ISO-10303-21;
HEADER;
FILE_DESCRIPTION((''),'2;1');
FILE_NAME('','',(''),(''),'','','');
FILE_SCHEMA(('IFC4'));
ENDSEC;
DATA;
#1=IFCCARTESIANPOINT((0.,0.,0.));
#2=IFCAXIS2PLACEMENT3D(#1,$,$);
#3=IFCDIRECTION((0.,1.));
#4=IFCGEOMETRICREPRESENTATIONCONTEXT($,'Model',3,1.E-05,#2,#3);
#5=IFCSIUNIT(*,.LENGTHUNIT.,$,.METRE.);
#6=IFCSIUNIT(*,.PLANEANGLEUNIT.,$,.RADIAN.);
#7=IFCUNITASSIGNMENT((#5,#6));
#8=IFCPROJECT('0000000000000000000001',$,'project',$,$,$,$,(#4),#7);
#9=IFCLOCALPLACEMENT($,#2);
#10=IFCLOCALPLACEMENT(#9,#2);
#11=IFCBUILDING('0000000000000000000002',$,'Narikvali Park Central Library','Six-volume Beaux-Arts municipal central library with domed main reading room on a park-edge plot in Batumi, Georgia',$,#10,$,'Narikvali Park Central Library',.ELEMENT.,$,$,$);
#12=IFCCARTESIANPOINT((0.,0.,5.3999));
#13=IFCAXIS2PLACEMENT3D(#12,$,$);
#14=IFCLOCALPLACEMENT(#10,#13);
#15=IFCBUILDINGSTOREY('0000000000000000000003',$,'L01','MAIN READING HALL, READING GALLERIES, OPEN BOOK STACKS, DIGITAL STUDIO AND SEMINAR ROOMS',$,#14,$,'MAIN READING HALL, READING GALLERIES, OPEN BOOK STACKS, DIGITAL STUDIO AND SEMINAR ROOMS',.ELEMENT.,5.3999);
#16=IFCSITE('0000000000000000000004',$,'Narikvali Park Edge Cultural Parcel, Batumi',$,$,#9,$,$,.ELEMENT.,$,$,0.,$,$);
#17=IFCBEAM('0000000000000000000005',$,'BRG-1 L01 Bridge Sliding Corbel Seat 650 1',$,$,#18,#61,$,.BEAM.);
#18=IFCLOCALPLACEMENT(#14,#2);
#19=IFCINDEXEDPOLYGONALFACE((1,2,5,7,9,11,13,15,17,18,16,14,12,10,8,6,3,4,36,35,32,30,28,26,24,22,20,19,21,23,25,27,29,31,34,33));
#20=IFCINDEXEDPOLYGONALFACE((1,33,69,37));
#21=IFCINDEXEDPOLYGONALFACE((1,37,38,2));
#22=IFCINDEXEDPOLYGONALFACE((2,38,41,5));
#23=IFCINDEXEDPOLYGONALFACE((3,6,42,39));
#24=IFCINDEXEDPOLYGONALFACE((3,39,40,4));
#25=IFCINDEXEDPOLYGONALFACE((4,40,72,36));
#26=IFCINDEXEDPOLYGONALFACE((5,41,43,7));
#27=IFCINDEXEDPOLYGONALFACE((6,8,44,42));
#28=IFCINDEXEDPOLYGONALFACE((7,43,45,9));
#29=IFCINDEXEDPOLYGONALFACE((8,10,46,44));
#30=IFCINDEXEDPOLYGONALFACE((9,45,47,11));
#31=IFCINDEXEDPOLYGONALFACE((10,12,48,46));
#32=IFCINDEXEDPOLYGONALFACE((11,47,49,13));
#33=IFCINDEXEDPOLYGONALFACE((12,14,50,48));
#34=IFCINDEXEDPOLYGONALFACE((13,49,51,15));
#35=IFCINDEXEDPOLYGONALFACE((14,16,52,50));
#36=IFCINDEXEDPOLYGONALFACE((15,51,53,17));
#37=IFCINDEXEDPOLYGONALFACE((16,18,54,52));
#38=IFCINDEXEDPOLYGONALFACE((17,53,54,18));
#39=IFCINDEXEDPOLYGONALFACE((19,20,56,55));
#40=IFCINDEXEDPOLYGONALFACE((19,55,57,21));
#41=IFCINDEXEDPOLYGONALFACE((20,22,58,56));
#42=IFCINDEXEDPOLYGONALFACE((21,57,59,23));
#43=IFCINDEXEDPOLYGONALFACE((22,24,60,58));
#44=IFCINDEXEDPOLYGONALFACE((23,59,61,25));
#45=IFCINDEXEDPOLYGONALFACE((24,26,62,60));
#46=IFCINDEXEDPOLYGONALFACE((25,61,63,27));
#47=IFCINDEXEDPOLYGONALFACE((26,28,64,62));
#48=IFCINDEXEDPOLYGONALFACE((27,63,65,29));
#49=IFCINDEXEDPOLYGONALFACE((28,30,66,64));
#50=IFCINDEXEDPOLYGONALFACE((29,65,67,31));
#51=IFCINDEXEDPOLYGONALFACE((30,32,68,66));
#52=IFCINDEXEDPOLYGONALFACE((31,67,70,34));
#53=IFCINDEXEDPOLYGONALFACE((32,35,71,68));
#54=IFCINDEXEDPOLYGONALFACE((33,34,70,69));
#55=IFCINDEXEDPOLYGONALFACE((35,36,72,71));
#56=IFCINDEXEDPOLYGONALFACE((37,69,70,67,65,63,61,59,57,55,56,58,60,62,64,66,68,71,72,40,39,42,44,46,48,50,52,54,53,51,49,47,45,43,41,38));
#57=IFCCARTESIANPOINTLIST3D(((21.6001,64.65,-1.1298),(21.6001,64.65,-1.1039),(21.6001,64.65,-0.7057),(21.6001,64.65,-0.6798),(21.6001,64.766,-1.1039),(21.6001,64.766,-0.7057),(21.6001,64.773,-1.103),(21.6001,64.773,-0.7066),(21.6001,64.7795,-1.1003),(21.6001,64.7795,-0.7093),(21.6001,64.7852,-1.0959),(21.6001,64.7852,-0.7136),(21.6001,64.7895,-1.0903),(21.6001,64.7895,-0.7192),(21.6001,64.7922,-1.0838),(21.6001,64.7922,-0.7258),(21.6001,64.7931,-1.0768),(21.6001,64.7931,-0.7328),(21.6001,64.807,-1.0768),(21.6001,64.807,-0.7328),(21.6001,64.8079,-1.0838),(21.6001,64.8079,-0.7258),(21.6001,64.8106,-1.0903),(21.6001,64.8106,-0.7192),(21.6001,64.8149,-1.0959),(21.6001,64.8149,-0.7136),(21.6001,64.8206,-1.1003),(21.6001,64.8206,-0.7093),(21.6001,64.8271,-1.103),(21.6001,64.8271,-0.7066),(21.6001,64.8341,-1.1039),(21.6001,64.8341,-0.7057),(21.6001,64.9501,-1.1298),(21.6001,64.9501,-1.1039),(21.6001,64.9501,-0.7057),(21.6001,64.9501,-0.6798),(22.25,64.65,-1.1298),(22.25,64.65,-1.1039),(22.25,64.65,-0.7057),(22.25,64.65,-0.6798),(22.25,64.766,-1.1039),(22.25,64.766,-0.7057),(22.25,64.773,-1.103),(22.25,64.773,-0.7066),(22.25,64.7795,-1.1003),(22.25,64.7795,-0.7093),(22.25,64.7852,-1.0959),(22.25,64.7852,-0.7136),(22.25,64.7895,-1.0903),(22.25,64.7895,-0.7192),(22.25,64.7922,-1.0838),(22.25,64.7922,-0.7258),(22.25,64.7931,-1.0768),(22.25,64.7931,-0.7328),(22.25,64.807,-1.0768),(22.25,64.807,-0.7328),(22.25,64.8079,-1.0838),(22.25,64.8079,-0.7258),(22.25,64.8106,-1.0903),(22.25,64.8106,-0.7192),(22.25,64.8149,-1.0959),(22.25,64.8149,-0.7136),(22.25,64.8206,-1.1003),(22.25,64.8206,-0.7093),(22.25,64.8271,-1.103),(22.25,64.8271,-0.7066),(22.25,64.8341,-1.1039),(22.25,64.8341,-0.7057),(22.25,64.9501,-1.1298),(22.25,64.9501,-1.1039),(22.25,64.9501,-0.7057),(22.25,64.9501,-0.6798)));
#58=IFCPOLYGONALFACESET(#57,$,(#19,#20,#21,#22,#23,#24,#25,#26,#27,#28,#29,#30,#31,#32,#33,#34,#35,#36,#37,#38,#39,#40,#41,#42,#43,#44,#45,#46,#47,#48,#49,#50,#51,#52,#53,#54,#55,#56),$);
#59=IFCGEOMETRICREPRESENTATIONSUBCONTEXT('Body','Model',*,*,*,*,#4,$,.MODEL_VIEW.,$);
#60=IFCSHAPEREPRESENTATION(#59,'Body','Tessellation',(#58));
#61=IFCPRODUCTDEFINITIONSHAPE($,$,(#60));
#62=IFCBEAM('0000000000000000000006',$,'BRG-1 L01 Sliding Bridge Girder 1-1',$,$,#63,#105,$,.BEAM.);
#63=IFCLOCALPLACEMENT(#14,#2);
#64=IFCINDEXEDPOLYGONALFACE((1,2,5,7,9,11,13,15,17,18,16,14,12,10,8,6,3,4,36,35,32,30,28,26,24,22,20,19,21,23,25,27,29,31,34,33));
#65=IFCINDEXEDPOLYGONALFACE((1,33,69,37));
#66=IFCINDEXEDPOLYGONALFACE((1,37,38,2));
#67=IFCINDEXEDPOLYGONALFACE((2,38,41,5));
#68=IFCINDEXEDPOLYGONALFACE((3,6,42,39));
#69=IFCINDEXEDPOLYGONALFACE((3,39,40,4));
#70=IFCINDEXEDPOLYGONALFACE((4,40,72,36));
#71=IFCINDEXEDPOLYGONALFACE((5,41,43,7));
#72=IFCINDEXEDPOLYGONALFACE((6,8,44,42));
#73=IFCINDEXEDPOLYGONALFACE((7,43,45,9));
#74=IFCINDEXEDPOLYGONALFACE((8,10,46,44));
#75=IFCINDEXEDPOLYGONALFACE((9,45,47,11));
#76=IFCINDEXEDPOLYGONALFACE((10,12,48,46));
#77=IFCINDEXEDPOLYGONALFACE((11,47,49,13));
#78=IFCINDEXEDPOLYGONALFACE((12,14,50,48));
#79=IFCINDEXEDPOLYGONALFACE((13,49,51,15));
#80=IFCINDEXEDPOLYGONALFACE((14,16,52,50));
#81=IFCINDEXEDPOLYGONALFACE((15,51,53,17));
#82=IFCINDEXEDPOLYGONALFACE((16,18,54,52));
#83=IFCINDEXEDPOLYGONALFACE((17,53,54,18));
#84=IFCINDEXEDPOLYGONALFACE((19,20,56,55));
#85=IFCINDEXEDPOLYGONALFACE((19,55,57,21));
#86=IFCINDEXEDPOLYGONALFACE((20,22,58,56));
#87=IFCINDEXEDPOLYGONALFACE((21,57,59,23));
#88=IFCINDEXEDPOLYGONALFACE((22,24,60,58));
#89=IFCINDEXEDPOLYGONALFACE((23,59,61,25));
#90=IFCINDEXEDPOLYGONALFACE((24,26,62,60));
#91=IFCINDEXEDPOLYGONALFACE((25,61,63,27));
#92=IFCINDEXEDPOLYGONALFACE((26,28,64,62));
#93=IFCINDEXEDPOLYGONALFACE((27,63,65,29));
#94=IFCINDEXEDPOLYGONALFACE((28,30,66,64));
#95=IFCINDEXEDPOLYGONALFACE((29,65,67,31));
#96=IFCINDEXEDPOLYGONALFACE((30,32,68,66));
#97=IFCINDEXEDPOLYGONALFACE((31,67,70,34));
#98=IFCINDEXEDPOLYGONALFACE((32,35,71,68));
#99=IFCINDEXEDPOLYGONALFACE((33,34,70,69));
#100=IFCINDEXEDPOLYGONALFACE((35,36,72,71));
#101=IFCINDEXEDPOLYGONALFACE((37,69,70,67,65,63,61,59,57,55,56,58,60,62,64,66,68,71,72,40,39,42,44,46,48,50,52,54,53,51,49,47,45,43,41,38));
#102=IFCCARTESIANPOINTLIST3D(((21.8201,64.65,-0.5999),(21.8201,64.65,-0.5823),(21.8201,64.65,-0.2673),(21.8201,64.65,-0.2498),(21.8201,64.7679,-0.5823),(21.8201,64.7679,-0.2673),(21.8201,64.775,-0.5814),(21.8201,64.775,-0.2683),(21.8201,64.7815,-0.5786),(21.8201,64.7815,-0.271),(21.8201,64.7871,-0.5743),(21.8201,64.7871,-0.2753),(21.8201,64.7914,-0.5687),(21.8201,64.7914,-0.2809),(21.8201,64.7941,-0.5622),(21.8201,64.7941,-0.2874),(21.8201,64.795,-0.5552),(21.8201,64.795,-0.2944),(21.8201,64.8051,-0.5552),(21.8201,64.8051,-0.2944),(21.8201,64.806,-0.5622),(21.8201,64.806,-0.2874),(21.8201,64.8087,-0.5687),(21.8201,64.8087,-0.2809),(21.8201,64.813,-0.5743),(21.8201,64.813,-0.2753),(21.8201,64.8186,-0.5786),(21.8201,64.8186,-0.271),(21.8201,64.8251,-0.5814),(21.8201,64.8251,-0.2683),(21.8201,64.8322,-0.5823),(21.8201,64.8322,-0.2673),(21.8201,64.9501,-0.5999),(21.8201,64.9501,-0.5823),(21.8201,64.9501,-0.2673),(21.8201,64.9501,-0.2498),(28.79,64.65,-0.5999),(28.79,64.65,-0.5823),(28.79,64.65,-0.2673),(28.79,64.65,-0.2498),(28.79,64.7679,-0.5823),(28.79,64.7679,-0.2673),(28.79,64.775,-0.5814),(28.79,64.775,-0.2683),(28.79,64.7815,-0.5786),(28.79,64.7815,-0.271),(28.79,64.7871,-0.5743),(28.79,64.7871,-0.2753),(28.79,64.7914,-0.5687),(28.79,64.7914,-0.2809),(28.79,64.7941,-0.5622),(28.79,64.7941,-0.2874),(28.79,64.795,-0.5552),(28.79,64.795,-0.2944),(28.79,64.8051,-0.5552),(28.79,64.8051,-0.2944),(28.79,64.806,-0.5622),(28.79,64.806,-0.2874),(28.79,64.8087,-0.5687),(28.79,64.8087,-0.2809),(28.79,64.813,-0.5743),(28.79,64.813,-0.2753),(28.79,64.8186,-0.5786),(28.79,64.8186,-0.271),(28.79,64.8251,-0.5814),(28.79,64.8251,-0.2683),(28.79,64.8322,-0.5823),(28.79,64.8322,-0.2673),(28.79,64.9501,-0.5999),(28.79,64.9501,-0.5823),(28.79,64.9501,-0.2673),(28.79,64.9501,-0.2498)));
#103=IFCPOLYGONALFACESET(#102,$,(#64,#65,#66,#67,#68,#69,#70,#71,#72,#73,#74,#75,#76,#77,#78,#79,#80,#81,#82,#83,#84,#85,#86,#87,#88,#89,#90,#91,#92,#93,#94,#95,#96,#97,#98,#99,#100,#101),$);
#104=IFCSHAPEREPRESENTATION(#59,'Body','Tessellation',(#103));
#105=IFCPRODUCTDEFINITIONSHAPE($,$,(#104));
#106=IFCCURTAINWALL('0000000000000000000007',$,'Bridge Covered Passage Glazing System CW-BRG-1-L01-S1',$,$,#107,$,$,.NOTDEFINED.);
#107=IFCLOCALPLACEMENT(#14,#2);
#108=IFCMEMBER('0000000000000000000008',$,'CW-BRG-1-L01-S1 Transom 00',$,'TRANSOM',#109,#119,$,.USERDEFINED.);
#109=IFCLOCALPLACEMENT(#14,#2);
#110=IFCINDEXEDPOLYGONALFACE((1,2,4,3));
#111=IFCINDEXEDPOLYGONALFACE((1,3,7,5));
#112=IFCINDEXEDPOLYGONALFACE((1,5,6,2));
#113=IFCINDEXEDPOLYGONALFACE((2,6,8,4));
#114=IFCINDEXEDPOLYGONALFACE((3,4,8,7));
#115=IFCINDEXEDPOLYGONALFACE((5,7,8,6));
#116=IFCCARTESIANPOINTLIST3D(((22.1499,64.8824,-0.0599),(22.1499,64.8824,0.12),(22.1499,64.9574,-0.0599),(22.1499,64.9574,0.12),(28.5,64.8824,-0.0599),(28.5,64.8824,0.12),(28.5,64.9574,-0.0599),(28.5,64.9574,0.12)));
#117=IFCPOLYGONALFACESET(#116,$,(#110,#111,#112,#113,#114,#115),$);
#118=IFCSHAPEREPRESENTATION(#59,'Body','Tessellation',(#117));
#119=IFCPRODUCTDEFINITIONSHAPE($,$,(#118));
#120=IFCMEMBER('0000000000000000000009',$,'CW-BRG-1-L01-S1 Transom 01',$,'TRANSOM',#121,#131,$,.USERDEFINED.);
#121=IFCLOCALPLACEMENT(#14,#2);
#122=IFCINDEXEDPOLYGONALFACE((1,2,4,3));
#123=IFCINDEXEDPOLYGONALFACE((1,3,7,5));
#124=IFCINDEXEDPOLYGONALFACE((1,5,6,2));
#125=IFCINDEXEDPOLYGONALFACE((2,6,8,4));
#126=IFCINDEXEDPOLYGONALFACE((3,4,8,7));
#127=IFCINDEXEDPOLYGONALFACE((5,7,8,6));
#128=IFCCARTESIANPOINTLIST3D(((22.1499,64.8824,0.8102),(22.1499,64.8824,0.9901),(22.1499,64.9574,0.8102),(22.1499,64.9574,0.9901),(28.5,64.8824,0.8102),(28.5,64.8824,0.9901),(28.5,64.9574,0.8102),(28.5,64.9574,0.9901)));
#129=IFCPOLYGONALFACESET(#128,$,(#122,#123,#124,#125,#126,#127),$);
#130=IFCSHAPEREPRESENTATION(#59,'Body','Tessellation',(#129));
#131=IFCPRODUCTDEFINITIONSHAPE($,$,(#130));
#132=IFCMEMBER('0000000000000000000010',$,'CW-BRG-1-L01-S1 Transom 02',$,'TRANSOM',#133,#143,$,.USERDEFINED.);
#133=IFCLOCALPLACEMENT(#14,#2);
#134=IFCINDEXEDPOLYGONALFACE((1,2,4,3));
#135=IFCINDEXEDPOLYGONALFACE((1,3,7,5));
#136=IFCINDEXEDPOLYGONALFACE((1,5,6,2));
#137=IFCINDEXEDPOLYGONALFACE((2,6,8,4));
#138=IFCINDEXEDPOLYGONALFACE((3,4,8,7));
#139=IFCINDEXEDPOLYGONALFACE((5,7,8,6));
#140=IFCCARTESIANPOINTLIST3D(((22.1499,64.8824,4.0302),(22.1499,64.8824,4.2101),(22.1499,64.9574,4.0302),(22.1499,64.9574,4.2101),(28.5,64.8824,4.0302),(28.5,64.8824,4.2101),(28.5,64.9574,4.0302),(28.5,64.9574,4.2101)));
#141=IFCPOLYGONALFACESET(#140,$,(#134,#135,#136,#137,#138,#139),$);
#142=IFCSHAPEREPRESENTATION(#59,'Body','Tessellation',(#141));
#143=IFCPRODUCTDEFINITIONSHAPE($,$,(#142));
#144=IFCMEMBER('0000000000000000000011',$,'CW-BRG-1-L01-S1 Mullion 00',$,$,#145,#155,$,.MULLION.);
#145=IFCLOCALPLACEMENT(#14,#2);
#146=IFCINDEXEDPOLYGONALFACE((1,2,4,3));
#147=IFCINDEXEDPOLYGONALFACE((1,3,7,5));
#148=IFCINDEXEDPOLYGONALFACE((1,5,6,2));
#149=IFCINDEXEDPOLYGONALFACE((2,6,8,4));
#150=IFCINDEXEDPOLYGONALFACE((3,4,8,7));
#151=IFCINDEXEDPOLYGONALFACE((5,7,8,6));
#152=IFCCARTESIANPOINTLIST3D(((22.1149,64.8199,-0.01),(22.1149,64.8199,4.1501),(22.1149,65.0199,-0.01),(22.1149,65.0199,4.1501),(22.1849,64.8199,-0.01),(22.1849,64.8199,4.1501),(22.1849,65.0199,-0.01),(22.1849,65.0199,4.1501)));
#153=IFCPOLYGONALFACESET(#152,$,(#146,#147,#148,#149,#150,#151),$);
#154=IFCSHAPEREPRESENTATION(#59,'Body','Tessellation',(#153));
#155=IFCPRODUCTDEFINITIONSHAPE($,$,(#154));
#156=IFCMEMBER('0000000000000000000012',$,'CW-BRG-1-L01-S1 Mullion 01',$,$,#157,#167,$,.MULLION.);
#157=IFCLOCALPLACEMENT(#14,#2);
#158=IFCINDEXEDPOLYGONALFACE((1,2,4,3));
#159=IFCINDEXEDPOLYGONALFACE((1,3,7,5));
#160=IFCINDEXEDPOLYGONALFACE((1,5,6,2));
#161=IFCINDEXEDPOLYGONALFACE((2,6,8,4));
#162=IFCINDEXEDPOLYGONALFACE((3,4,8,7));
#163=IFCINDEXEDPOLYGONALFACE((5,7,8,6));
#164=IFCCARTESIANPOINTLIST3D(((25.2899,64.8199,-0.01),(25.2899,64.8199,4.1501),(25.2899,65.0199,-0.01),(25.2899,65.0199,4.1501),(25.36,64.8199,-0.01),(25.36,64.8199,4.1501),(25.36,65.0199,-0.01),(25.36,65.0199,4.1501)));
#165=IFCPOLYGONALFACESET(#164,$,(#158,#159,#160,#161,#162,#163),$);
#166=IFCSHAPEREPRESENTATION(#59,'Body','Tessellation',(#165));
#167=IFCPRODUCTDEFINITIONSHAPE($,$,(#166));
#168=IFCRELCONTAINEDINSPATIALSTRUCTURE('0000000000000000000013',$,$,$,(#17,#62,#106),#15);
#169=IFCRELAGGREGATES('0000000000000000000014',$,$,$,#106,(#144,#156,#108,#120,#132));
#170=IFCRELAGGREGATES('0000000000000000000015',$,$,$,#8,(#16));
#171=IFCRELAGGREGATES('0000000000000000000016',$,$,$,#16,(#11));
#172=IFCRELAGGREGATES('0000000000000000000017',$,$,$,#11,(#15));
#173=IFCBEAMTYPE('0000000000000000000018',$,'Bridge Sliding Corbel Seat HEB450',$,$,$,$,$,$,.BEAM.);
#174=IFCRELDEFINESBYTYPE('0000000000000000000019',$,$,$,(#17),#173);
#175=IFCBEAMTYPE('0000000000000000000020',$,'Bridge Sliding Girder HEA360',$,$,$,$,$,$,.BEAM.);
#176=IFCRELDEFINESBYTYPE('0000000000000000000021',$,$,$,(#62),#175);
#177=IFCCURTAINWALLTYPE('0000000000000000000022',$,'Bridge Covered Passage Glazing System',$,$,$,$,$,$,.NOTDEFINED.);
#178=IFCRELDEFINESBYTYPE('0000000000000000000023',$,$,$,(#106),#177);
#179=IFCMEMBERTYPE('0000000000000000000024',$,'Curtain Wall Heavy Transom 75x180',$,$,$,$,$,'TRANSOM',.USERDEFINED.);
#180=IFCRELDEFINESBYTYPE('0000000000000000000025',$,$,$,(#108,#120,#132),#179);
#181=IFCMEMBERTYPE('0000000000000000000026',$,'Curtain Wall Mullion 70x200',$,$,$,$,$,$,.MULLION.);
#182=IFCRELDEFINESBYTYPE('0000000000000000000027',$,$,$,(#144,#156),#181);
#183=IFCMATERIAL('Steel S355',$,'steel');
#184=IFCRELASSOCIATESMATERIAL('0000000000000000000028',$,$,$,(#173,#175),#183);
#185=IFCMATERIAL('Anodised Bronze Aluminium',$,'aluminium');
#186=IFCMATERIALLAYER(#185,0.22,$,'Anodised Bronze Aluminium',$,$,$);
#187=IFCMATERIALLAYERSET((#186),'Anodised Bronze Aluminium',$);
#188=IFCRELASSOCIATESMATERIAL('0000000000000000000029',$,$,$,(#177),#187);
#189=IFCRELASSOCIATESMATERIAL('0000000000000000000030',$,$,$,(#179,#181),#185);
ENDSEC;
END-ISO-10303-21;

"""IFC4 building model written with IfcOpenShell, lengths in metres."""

from ifc_helpers import new_model, si_unit, direction, frame, origin, origin_2d, place, context, subcontext, project, spatial, rectangle, i_section, extrude, material, layer, layer_set, material_profile, profile_set, type_object, element, aggregate, save


model = new_model("IFC4")

# Units and contexts
model_context = context("Model", 3, precision=1e-05, world=origin(), true_north=direction((0.0, 1.0)))
body_context = subcontext(model_context, "Body", "Model", "MODEL_VIEW")
ifc_project = project(units=[si_unit("LENGTHUNIT", "METRE"), si_unit("PLANEANGLEUNIT", "RADIAN")], contexts=[model_context])

# Site, building, storey
site_placement = place(None, origin())
site = spatial("IfcSite", under=ifc_project, at=site_placement, Name="Narikvali Park Edge Cultural Parcel, Batumi", CompositionType="ELEMENT", RefElevation=0.0)
building_placement = place(site_placement, origin())
building = spatial("IfcBuilding", under=site, at=building_placement, Name="Narikvali Park Central Library", Description="Six-volume Beaux-Arts municipal central library with domed main reading room on a park-edge plot in Batumi, Georgia", LongName="Narikvali Park Central Library", CompositionType="ELEMENT")
storey_placement = place(building_placement, frame((0.0, 0.0, 5.3999)))
storey = spatial("IfcBuildingStorey", under=building, at=storey_placement, Name="L01", Description="MAIN READING HALL, READING GALLERIES, OPEN BOOK STACKS, DIGITAL STUDIO AND SEMINAR ROOMS", LongName="MAIN READING HALL, READING GALLERIES, OPEN BOOK STACKS, DIGITAL STUDIO AND SEMINAR ROOMS", CompositionType="ELEMENT", Elevation=5.3999)

# Shared definitions
ifc_material_1 = material(Name="Steel S355", Category="steel")

# Beams
ifc_material_profile_1 = material_profile(ifc_material_1, i_section(OverallWidth=0.3, OverallDepth=0.45, WebThickness=0.0139, FlangeThickness=0.0259, FilletRadius=0.0271, at=origin_2d()), Name="HEB 450")
ifc_profile_set_1 = profile_set([ifc_material_profile_1], Name="Steel S355")
beam_type_1 = type_object("IfcBeamType", Name="Bridge Sliding Corbel Seat HEB450", PredefinedType="BEAM", material=ifc_profile_set_1)
beam_1_placement = place(storey_placement, frame((21.6001, 64.8, -0.9048), z_axis=(1.0, 0.0, 0.0), x_axis=(0.0, 1.0, 0.0)))
element("IfcBeam", 1, at=beam_1_placement, inside=storey, type_object=beam_type_1, Name="BRG-1 L01 Bridge Sliding Corbel Seat 650 1", PredefinedType="BEAM", context=body_context, shape_type="SweptSolid", body=[
    extrude(i_section(OverallWidth=0.3, OverallDepth=0.45, WebThickness=0.0139, FlangeThickness=0.0259, FilletRadius=0.0271, at=origin_2d()), origin(), (0.0, 0.0, 1.0), 0.6499),
])
ifc_material_profile_2 = material_profile(ifc_material_1, i_section(OverallWidth=0.3, OverallDepth=0.3501, WebThickness=0.01, FlangeThickness=0.0176, FilletRadius=0.0271, at=origin_2d()), Name="HEA 360")
ifc_profile_set_2 = profile_set([ifc_material_profile_2], Name="Steel S355")
beam_type_2 = type_object("IfcBeamType", Name="Bridge Sliding Girder HEA360", PredefinedType="BEAM", material=ifc_profile_set_2)
beam_2_placement = place(storey_placement, frame((21.8201, 64.8, -0.4248), z_axis=(1.0, 0.0, 0.0), x_axis=(0.0, 1.0, 0.0)))
element("IfcBeam", 2, at=beam_2_placement, inside=storey, type_object=beam_type_2, Name="BRG-1 L01 Sliding Bridge Girder 1-1", PredefinedType="BEAM", context=body_context, shape_type="SweptSolid", body=[
    extrude(i_section(OverallWidth=0.3, OverallDepth=0.3501, WebThickness=0.01, FlangeThickness=0.0176, FilletRadius=0.0271, at=origin_2d()), origin(), (0.0, 0.0, 1.0), 6.97),
])

# Curtain wall, members
ifc_material_2 = material(Name="Anodised Bronze Aluminium", Category="aluminium")
ifc_layer_1 = layer(ifc_material_2, 0.22, Name="Anodised Bronze Aluminium")
ifc_layer_set_1 = layer_set([ifc_layer_1], Name="Anodised Bronze Aluminium")
curtain_wall_type = type_object("IfcCurtainWallType", Name="Bridge Covered Passage Glazing System", PredefinedType="NOTDEFINED", material=ifc_layer_set_1)
curtain_wall_placement = place(storey_placement, origin())
curtain_wall = element("IfcCurtainWall", 3, at=curtain_wall_placement, inside=storey, type_object=curtain_wall_type, Name="Bridge Covered Passage Glazing System CW-BRG-1-L01-S1", PredefinedType="NOTDEFINED")
ifc_material_profile_3 = material_profile(ifc_material_2, rectangle(XDim=0.075, YDim=0.1799, at=origin_2d()), Name="CW TRANSOM 75x180")
ifc_profile_set_3 = profile_set([ifc_material_profile_3], Name="Anodised Bronze Aluminium")
member_type_1 = type_object("IfcMemberType", Name="Curtain Wall Heavy Transom 75x180", ElementType="TRANSOM", PredefinedType="USERDEFINED", material=ifc_profile_set_3)
member_1_placement = place(storey_placement, frame((22.1499, 64.9199, 0.03), z_axis=(1.0, 0.0, 0.0), x_axis=(0.0, 1.0, 0.0)))
member_1 = element("IfcMember", 4, at=member_1_placement, type_object=member_type_1, Name="CW-BRG-1-L01-S1 Transom 00", ObjectType="TRANSOM", PredefinedType="USERDEFINED", context=body_context, shape_type="SweptSolid", body=[
    extrude(rectangle(XDim=0.075, YDim=0.1799, at=origin_2d()), origin(), (0.0, 0.0, 1.0), 6.3501),
])
member_2_placement = place(storey_placement, frame((22.1499, 64.9199, 0.9001), z_axis=(1.0, 0.0, 0.0), x_axis=(0.0, 1.0, 0.0)))
member_2 = element("IfcMember", 5, at=member_2_placement, type_object=member_type_1, Name="CW-BRG-1-L01-S1 Transom 01", ObjectType="TRANSOM", PredefinedType="USERDEFINED", context=body_context, shape_type="SweptSolid", body=[
    extrude(rectangle(XDim=0.075, YDim=0.1799, at=origin_2d()), origin(), (0.0, 0.0, 1.0), 6.3501),
])
member_3_placement = place(storey_placement, frame((22.1499, 64.9199, 4.1201), z_axis=(1.0, 0.0, 0.0), x_axis=(0.0, 1.0, 0.0)))
member_3 = element("IfcMember", 6, at=member_3_placement, type_object=member_type_1, Name="CW-BRG-1-L01-S1 Transom 02", ObjectType="TRANSOM", PredefinedType="USERDEFINED", context=body_context, shape_type="SweptSolid", body=[
    extrude(rectangle(XDim=0.075, YDim=0.1799, at=origin_2d()), origin(), (0.0, 0.0, 1.0), 6.3501),
])
ifc_material_profile_4 = material_profile(ifc_material_2, rectangle(XDim=0.0701, YDim=0.2, at=origin_2d()), Name="CW MULLION 70x200")
ifc_profile_set_4 = profile_set([ifc_material_profile_4], Name="Anodised Bronze Aluminium")
member_type_2 = type_object("IfcMemberType", Name="Curtain Wall Mullion 70x200", PredefinedType="MULLION", material=ifc_profile_set_4)
member_4_placement = place(storey_placement, frame((22.1499, 64.9199, -0.01), z_axis=(0.0, 0.0, 1.0), x_axis=(1.0, 0.0, 0.0)))
member_4 = element("IfcMember", 7, at=member_4_placement, type_object=member_type_2, Name="CW-BRG-1-L01-S1 Mullion 00", PredefinedType="MULLION", context=body_context, shape_type="SweptSolid", body=[
    extrude(rectangle(XDim=0.0701, YDim=0.2, at=origin_2d()), origin(), (0.0, 0.0, 1.0), 4.1602),
])
member_5_placement = place(storey_placement, frame((25.325, 64.9199, -0.01), z_axis=(0.0, 0.0, 1.0), x_axis=(1.0, 0.0, 0.0)))
member_5 = element("IfcMember", 8, at=member_5_placement, type_object=member_type_2, Name="CW-BRG-1-L01-S1 Mullion 01", PredefinedType="MULLION", context=body_context, shape_type="SweptSolid", body=[
    extrude(rectangle(XDim=0.0701, YDim=0.2, at=origin_2d()), origin(), (0.0, 0.0, 1.0), 4.1602),
])

aggregate(curtain_wall, [member_4, member_5, member_1, member_2, member_3])

save(model, "model.ifc")
